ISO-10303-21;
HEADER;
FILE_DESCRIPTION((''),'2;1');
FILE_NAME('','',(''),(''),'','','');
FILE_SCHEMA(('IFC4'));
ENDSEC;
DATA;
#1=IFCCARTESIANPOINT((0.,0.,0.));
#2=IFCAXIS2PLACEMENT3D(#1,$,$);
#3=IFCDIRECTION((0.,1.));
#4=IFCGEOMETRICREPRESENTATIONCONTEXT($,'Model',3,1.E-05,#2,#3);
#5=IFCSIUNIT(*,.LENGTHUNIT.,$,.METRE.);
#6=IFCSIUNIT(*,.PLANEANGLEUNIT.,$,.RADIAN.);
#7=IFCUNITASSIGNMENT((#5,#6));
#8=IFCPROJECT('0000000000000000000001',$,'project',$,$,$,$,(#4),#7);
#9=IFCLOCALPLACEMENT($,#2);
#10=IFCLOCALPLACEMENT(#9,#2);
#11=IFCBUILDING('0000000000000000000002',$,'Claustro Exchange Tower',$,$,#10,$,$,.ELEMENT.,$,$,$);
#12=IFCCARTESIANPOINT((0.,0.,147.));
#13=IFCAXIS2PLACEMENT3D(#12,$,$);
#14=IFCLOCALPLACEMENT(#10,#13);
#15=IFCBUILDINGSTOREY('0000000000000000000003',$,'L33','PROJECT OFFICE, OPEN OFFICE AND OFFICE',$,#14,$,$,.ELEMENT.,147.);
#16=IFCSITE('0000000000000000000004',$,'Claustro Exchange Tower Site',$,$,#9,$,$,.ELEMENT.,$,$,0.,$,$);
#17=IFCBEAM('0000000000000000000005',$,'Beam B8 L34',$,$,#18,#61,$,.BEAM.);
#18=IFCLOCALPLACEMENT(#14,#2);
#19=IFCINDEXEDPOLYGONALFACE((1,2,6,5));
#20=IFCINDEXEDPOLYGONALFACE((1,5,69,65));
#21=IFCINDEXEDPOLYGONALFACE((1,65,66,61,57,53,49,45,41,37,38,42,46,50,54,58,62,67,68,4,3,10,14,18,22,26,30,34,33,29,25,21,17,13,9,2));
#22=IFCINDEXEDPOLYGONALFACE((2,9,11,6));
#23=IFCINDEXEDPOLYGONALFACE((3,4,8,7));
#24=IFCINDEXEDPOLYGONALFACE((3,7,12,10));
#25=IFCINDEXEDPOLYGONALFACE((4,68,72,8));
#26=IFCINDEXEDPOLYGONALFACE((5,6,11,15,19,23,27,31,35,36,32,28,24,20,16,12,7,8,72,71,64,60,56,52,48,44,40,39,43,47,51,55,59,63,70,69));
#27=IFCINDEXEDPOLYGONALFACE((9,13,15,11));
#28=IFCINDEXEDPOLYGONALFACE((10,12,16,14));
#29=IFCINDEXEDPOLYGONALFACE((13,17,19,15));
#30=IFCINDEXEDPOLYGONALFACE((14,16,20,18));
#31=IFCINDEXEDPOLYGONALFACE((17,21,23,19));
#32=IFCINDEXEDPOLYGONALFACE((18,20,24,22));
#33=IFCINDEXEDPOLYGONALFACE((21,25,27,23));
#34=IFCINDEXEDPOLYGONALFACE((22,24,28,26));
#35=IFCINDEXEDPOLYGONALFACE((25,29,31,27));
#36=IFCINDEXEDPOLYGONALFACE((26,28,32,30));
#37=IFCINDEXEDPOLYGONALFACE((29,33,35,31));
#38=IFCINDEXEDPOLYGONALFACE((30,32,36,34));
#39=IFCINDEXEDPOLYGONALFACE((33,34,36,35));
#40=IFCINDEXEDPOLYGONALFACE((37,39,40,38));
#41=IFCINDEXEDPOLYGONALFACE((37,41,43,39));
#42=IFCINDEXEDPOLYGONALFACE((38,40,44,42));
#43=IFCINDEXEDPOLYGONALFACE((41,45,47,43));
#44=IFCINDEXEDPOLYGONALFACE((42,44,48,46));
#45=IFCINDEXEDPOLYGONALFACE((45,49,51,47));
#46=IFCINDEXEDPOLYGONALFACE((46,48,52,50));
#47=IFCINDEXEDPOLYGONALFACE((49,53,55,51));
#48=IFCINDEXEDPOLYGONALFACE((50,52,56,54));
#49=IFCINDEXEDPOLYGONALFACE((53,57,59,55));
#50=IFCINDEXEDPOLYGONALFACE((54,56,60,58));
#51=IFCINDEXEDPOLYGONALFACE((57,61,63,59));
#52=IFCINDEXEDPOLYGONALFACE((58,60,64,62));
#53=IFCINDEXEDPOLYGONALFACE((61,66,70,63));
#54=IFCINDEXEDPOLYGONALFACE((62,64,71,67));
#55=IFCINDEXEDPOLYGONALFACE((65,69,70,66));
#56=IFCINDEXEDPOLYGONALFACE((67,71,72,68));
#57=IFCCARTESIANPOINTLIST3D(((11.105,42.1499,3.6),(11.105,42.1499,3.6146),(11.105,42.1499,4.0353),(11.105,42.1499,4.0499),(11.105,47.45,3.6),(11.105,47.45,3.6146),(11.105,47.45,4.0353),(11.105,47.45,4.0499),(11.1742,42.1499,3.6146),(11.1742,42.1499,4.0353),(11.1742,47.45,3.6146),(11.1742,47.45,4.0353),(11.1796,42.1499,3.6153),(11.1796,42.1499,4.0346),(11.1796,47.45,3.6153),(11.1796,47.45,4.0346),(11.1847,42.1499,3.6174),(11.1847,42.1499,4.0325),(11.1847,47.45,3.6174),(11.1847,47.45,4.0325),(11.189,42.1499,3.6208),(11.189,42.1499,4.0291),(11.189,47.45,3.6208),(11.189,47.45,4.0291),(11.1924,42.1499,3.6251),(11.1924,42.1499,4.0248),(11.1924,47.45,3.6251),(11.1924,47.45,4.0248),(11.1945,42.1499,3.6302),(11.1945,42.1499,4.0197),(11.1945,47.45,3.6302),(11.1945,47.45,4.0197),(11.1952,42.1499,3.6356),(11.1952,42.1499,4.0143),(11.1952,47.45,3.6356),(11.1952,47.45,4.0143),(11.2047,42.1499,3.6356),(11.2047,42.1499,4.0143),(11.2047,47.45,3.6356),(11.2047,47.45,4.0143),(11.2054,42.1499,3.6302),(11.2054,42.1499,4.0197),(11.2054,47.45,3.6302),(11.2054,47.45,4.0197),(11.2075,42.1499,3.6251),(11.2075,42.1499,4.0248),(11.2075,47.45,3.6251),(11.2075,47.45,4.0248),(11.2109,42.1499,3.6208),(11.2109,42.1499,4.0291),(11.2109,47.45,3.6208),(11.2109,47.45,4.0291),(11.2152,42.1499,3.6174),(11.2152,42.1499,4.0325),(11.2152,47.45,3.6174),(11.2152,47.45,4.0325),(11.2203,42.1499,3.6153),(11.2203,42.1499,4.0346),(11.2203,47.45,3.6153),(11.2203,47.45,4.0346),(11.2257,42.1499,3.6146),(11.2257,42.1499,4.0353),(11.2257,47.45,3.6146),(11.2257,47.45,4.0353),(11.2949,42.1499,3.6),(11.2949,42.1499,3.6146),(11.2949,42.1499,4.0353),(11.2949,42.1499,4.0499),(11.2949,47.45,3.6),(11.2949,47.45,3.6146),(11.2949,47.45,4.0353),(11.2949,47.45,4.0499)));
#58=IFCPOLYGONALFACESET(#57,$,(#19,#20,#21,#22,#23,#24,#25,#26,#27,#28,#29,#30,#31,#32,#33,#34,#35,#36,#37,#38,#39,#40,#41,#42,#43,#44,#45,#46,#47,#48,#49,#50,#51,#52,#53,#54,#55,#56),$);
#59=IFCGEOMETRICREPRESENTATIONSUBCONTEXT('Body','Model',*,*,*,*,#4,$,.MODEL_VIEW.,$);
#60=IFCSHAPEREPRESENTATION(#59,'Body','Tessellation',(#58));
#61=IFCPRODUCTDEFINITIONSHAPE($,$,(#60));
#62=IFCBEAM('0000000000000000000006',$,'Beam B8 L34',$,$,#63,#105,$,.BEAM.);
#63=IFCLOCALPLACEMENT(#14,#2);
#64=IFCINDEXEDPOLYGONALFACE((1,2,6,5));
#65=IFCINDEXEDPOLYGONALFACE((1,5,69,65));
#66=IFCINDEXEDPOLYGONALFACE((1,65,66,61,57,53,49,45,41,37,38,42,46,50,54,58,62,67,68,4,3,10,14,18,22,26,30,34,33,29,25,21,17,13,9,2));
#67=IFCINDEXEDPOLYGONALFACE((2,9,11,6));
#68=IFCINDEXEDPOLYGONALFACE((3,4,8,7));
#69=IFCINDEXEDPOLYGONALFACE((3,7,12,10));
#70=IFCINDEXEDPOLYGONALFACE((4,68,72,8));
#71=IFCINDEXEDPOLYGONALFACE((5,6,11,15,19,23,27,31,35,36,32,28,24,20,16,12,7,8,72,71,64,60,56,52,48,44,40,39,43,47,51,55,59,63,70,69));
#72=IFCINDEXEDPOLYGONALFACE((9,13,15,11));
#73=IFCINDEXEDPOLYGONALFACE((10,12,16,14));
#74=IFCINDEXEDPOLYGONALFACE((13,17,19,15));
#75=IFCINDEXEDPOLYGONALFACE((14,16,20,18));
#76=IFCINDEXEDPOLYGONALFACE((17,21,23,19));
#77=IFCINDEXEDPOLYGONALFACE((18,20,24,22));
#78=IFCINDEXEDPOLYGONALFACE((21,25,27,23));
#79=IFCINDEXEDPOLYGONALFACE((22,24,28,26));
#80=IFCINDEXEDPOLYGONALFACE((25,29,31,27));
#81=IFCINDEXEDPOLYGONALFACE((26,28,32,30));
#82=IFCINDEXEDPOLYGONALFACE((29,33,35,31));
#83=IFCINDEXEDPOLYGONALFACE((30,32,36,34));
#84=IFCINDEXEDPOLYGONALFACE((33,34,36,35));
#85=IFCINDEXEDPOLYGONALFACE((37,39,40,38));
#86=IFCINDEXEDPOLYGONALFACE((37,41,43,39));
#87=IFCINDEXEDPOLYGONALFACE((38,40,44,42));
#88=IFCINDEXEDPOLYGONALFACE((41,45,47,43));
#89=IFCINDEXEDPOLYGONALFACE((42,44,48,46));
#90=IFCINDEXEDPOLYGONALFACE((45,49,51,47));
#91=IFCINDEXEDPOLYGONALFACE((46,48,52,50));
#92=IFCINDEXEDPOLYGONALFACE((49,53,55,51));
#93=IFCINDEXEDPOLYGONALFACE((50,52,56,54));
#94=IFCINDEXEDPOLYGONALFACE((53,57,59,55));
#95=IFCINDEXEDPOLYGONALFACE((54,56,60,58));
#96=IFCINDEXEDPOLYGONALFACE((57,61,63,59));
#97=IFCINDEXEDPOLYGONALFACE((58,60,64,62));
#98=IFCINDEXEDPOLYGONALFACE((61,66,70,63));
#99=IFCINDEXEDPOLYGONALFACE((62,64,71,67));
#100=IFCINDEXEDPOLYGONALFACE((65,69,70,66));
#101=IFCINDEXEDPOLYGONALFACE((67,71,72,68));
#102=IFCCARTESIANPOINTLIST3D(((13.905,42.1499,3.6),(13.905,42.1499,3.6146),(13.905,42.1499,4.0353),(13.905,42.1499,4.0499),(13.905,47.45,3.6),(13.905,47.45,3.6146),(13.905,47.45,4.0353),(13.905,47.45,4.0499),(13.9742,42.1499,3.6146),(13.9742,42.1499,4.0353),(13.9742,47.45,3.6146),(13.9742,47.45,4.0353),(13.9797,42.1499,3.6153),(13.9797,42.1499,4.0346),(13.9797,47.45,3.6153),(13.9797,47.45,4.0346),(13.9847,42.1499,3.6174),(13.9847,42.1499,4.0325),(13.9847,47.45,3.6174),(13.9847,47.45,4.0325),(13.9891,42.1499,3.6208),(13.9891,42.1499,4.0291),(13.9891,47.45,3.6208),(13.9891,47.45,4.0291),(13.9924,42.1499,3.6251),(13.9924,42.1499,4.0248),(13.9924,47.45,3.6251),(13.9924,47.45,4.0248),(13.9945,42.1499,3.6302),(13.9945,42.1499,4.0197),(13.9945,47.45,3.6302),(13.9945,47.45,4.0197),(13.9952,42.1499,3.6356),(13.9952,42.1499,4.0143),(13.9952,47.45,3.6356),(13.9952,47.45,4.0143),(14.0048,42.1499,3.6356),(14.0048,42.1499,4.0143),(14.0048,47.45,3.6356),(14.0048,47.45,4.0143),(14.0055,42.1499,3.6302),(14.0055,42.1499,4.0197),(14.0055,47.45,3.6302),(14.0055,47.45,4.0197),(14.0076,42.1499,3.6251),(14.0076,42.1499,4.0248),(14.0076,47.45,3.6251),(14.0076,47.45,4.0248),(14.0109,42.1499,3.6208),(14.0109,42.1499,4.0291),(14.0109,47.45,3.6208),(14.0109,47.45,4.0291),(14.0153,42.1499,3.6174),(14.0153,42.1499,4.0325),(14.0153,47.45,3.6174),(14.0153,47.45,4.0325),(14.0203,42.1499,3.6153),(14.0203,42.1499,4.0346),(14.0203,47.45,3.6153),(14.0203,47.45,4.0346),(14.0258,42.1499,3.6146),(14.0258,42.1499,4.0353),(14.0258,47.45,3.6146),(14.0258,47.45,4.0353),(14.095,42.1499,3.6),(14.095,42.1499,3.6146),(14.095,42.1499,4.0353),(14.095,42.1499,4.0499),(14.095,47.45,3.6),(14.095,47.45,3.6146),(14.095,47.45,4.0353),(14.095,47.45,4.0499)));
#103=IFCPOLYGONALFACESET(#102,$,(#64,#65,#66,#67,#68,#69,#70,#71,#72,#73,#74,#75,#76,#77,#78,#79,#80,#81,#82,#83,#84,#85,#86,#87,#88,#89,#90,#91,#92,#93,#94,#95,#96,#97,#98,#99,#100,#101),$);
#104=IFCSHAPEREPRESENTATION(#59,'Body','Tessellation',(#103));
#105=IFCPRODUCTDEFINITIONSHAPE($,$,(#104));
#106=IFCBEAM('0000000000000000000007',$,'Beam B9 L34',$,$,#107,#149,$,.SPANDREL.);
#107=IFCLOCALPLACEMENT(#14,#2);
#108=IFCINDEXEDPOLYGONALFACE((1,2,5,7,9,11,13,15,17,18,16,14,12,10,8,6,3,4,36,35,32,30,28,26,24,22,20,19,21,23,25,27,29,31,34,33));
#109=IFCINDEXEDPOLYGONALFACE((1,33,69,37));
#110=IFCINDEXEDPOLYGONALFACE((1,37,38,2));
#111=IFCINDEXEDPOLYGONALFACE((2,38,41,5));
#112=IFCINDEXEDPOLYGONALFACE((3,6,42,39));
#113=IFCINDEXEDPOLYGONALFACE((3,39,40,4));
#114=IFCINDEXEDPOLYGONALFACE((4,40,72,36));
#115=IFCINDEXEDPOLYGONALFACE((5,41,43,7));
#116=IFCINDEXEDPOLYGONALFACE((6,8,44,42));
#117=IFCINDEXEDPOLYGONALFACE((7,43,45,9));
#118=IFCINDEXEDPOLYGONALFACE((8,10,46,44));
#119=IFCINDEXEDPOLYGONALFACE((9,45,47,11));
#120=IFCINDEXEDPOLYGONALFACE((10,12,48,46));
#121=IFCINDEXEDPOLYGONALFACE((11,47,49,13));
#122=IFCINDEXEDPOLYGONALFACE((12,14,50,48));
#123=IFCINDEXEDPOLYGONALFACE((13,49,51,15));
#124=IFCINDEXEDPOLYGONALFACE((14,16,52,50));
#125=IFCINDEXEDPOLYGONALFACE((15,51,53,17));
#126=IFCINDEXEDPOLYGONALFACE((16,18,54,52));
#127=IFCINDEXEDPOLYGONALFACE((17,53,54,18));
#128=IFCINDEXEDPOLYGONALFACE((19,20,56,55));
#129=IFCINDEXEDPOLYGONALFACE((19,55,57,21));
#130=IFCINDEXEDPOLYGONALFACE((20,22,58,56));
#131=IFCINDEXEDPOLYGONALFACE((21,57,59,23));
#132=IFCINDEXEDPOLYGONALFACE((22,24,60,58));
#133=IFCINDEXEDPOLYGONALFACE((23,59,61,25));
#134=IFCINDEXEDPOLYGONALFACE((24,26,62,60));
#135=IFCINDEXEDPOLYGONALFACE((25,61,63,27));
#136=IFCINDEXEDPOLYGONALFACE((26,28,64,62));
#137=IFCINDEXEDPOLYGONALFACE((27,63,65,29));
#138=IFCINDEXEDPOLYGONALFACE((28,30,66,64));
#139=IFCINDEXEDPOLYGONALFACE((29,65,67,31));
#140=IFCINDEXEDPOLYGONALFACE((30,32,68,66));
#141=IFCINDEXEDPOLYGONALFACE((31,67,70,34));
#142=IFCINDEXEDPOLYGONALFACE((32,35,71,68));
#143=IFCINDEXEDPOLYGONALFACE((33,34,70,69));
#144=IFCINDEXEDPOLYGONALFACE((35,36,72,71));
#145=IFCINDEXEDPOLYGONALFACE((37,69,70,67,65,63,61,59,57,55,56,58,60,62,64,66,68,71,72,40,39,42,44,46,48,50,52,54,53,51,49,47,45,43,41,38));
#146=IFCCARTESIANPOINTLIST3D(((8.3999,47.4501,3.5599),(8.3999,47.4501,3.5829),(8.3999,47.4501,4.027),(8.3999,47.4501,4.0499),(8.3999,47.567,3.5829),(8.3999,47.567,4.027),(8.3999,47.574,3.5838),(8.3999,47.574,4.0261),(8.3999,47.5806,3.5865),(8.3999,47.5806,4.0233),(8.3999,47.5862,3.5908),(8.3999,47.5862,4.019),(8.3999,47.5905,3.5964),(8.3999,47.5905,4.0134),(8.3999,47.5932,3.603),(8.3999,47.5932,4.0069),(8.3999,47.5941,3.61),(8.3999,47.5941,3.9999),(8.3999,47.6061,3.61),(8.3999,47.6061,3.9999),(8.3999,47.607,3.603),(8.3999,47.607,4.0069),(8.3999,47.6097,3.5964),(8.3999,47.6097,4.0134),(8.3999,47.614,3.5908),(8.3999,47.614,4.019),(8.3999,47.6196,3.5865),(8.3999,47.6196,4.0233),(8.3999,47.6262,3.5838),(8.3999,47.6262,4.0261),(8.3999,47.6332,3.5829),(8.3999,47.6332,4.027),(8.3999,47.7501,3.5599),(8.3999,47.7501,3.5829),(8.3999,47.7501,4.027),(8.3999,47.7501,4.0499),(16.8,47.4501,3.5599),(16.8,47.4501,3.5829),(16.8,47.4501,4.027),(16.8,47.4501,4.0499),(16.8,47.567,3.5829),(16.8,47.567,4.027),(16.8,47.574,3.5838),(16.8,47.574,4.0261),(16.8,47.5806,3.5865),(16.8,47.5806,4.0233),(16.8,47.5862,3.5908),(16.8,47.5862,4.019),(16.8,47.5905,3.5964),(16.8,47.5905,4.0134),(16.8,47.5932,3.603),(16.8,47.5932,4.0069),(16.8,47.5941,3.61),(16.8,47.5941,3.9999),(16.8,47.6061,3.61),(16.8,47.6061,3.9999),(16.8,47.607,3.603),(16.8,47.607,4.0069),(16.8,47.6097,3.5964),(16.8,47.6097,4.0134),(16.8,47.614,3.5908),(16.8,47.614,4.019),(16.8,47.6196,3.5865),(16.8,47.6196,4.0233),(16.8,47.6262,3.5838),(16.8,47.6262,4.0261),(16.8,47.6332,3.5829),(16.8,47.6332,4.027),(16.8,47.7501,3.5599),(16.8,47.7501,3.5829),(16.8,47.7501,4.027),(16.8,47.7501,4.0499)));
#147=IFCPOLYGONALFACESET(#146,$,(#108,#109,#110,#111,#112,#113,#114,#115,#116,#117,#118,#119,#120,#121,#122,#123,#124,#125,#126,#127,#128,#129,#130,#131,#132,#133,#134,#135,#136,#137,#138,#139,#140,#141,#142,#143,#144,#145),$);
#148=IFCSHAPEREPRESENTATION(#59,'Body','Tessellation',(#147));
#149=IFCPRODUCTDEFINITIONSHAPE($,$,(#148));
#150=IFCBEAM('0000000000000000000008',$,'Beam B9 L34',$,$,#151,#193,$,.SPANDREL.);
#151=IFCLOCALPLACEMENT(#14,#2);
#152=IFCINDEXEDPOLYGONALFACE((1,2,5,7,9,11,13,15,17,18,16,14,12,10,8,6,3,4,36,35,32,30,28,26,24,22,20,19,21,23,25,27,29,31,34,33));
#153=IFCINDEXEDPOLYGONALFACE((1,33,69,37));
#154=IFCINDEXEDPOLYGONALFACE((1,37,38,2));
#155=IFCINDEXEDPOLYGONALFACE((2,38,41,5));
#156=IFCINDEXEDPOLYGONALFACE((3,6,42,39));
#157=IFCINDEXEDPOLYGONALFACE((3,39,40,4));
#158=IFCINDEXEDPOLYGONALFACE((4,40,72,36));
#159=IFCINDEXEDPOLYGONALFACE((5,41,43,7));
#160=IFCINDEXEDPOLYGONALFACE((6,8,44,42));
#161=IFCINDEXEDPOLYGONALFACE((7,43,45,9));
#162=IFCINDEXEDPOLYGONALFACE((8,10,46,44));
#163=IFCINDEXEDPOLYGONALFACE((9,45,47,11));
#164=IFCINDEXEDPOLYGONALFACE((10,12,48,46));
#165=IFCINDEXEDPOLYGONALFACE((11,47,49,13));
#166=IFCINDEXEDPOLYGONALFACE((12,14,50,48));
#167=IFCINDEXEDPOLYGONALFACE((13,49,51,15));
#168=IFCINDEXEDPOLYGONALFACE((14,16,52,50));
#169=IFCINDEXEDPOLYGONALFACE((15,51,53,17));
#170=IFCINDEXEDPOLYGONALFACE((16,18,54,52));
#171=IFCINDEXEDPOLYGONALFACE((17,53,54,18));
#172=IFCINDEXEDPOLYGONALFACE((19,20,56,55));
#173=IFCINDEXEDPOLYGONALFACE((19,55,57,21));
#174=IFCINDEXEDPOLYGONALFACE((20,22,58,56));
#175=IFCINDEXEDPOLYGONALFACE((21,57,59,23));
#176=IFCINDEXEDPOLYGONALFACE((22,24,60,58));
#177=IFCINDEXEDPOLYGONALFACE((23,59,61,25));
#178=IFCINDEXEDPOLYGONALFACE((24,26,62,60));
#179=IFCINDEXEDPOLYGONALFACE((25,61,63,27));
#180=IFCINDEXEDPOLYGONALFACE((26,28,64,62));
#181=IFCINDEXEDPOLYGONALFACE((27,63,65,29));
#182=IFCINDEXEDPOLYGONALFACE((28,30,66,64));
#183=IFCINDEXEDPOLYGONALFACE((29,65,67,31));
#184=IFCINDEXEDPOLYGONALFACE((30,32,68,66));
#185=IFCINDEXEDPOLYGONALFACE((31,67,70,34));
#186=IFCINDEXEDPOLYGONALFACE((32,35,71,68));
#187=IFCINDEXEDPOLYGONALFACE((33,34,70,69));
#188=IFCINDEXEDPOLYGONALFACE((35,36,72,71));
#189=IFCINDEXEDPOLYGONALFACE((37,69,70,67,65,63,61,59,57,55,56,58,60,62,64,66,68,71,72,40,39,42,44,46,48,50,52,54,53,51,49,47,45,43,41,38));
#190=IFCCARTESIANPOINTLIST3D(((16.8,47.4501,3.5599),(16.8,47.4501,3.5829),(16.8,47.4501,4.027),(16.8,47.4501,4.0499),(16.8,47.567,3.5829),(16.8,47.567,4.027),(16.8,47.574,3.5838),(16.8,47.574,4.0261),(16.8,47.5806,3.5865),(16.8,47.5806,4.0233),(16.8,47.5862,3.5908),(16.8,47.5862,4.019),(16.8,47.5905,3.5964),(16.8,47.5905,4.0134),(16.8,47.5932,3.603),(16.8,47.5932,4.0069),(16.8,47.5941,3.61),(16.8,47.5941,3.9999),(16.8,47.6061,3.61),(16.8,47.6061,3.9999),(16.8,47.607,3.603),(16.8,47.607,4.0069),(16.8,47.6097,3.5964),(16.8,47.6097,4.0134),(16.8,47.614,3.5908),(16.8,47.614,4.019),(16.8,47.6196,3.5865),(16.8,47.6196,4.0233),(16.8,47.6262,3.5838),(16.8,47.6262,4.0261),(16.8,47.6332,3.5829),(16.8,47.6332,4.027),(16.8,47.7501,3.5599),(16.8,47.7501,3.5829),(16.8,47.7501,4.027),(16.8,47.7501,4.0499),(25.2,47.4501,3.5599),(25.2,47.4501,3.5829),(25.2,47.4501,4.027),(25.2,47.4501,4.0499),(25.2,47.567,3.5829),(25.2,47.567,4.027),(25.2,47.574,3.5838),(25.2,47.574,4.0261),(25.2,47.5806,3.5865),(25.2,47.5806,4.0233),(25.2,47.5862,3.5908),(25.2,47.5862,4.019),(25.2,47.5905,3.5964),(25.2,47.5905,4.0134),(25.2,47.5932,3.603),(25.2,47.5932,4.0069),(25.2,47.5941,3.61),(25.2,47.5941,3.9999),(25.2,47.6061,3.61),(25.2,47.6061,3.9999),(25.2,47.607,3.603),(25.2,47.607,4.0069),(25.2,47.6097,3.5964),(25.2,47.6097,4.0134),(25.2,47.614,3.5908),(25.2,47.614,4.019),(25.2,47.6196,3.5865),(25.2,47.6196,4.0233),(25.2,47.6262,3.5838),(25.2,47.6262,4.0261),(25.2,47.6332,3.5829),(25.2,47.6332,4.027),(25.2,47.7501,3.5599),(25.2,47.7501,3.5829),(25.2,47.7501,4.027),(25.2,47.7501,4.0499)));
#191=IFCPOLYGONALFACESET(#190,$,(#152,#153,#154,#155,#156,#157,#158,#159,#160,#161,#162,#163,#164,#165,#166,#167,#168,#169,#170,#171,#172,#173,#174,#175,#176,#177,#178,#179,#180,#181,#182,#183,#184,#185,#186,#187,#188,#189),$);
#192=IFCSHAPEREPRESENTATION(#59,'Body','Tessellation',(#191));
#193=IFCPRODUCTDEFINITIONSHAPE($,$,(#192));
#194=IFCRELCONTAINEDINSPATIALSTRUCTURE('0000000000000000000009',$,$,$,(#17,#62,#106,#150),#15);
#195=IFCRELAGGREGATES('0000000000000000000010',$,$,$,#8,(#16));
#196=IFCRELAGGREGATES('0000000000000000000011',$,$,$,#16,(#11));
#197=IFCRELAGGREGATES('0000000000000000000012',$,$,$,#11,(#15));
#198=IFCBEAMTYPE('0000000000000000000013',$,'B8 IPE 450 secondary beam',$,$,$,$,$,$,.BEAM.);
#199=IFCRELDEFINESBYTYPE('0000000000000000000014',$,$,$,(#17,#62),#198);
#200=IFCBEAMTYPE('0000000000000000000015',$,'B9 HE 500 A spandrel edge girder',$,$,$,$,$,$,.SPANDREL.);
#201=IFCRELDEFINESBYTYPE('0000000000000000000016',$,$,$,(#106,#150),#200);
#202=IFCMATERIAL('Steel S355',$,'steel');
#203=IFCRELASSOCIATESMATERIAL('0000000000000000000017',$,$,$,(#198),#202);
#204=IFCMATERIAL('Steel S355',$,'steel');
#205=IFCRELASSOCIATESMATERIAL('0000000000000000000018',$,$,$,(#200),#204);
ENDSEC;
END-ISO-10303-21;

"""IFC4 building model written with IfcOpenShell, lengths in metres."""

from ifc_helpers import new_model, si_unit, direction, frame, origin, origin_2d, place, context, subcontext, project, spatial, i_section, extrude, material, material_profile, profile_set, type_object, element, save


model = new_model("IFC4")

# Units and contexts
model_context = context("Model", 3, precision=1e-05, world=origin(), true_north=direction((0.0, 1.0)))
body_context = subcontext(model_context, "Body", "Model", "MODEL_VIEW")
ifc_project = project(units=[si_unit("LENGTHUNIT", "METRE"), si_unit("PLANEANGLEUNIT", "RADIAN")], contexts=[model_context])

# Site, building, storey
site_placement = place(None, origin())
site = spatial("IfcSite", under=ifc_project, at=site_placement, Name="Claustro Exchange Tower Site", CompositionType="ELEMENT", RefElevation=0.0)
building_placement = place(site_placement, origin())
building = spatial("IfcBuilding", under=site, at=building_placement, Name="Claustro Exchange Tower", CompositionType="ELEMENT")
storey_placement = place(building_placement, frame((0.0, 0.0, 147.0)))
storey = spatial("IfcBuildingStorey", under=building, at=storey_placement, Name="L33", Description="PROJECT OFFICE, OPEN OFFICE AND OFFICE", CompositionType="ELEMENT", Elevation=147.0)

# Beams
ifc_material_1 = material(Name="Steel S355", Category="steel")
ifc_material_profile_1 = material_profile(ifc_material_1, i_section(OverallWidth=0.1899, OverallDepth=0.45, WebThickness=0.0095, FlangeThickness=0.0146, FilletRadius=0.021, at=origin_2d()), Name="IPE 450")
ifc_profile_set_1 = profile_set([ifc_material_profile_1], Name="Steel S355")
beam_type_1 = type_object("IfcBeamType", Name="B8 IPE 450 secondary beam", PredefinedType="BEAM", material=ifc_profile_set_1)
for number, where, z_axis, x_axis, name in (
    (1, (11.2, 42.1499, 3.825), (0.0, 1.0, 0.0), (-1.0, 0.0, 0.0), "Beam B8 L34"),
    (2, (14.0, 42.1499, 3.825), (0.0, 1.0, 0.0), (-1.0, 0.0, 0.0), "Beam B8 L34"),
):
    element("IfcBeam", number, at=place(storey_placement, frame(where, z_axis=z_axis, x_axis=x_axis)), inside=storey, type_object=beam_type_1, Name=name, PredefinedType="BEAM", context=body_context, shape_type="SweptSolid", body=[
        extrude(i_section(OverallWidth=0.1899, OverallDepth=0.45, WebThickness=0.0095, FlangeThickness=0.0146, FilletRadius=0.021, at=origin_2d()), origin(), (0.0, 0.0, 1.0), 5.3),
    ])
ifc_material_2 = material(Name="Steel S355", Category="steel")
ifc_material_profile_2 = material_profile(ifc_material_2, i_section(OverallWidth=0.3, OverallDepth=0.49, WebThickness=0.012, FlangeThickness=0.0229, FilletRadius=0.0271, at=origin_2d()), Name="HE 500 A")
ifc_profile_set_2 = profile_set([ifc_material_profile_2], Name="Steel S355")
beam_type_2 = type_object("IfcBeamType", Name="B9 HE 500 A spandrel edge girder", PredefinedType="SPANDREL", material=ifc_profile_set_2)
beam_1_placement = place(storey_placement, frame((8.3999, 47.6001, 3.8049), z_axis=(1.0, 0.0, 0.0), x_axis=(0.0, 1.0, 0.0)))
element("IfcBeam", 3, at=beam_1_placement, inside=storey, type_object=beam_type_2, Name="Beam B9 L34", PredefinedType="SPANDREL", context=body_context, shape_type="SweptSolid", body=[
    extrude(i_section(OverallWidth=0.3, OverallDepth=0.49, WebThickness=0.012, FlangeThickness=0.0229, FilletRadius=0.0271, at=origin_2d()), origin(), (0.0, 0.0, 1.0), 8.4001),
])
beam_2_placement = place(storey_placement, frame((16.8, 47.6001, 3.8049), z_axis=(1.0, 0.0, 0.0), x_axis=(0.0, 1.0, 0.0)))
element("IfcBeam", 4, at=beam_2_placement, inside=storey, type_object=beam_type_2, Name="Beam B9 L34", PredefinedType="SPANDREL", context=body_context, shape_type="SweptSolid", body=[
    extrude(i_section(OverallWidth=0.3, OverallDepth=0.49, WebThickness=0.012, FlangeThickness=0.0229, FilletRadius=0.0271, at=origin_2d()), origin(), (0.0, 0.0, 1.0), 8.3999),
])

save(model, "model.ifc")
